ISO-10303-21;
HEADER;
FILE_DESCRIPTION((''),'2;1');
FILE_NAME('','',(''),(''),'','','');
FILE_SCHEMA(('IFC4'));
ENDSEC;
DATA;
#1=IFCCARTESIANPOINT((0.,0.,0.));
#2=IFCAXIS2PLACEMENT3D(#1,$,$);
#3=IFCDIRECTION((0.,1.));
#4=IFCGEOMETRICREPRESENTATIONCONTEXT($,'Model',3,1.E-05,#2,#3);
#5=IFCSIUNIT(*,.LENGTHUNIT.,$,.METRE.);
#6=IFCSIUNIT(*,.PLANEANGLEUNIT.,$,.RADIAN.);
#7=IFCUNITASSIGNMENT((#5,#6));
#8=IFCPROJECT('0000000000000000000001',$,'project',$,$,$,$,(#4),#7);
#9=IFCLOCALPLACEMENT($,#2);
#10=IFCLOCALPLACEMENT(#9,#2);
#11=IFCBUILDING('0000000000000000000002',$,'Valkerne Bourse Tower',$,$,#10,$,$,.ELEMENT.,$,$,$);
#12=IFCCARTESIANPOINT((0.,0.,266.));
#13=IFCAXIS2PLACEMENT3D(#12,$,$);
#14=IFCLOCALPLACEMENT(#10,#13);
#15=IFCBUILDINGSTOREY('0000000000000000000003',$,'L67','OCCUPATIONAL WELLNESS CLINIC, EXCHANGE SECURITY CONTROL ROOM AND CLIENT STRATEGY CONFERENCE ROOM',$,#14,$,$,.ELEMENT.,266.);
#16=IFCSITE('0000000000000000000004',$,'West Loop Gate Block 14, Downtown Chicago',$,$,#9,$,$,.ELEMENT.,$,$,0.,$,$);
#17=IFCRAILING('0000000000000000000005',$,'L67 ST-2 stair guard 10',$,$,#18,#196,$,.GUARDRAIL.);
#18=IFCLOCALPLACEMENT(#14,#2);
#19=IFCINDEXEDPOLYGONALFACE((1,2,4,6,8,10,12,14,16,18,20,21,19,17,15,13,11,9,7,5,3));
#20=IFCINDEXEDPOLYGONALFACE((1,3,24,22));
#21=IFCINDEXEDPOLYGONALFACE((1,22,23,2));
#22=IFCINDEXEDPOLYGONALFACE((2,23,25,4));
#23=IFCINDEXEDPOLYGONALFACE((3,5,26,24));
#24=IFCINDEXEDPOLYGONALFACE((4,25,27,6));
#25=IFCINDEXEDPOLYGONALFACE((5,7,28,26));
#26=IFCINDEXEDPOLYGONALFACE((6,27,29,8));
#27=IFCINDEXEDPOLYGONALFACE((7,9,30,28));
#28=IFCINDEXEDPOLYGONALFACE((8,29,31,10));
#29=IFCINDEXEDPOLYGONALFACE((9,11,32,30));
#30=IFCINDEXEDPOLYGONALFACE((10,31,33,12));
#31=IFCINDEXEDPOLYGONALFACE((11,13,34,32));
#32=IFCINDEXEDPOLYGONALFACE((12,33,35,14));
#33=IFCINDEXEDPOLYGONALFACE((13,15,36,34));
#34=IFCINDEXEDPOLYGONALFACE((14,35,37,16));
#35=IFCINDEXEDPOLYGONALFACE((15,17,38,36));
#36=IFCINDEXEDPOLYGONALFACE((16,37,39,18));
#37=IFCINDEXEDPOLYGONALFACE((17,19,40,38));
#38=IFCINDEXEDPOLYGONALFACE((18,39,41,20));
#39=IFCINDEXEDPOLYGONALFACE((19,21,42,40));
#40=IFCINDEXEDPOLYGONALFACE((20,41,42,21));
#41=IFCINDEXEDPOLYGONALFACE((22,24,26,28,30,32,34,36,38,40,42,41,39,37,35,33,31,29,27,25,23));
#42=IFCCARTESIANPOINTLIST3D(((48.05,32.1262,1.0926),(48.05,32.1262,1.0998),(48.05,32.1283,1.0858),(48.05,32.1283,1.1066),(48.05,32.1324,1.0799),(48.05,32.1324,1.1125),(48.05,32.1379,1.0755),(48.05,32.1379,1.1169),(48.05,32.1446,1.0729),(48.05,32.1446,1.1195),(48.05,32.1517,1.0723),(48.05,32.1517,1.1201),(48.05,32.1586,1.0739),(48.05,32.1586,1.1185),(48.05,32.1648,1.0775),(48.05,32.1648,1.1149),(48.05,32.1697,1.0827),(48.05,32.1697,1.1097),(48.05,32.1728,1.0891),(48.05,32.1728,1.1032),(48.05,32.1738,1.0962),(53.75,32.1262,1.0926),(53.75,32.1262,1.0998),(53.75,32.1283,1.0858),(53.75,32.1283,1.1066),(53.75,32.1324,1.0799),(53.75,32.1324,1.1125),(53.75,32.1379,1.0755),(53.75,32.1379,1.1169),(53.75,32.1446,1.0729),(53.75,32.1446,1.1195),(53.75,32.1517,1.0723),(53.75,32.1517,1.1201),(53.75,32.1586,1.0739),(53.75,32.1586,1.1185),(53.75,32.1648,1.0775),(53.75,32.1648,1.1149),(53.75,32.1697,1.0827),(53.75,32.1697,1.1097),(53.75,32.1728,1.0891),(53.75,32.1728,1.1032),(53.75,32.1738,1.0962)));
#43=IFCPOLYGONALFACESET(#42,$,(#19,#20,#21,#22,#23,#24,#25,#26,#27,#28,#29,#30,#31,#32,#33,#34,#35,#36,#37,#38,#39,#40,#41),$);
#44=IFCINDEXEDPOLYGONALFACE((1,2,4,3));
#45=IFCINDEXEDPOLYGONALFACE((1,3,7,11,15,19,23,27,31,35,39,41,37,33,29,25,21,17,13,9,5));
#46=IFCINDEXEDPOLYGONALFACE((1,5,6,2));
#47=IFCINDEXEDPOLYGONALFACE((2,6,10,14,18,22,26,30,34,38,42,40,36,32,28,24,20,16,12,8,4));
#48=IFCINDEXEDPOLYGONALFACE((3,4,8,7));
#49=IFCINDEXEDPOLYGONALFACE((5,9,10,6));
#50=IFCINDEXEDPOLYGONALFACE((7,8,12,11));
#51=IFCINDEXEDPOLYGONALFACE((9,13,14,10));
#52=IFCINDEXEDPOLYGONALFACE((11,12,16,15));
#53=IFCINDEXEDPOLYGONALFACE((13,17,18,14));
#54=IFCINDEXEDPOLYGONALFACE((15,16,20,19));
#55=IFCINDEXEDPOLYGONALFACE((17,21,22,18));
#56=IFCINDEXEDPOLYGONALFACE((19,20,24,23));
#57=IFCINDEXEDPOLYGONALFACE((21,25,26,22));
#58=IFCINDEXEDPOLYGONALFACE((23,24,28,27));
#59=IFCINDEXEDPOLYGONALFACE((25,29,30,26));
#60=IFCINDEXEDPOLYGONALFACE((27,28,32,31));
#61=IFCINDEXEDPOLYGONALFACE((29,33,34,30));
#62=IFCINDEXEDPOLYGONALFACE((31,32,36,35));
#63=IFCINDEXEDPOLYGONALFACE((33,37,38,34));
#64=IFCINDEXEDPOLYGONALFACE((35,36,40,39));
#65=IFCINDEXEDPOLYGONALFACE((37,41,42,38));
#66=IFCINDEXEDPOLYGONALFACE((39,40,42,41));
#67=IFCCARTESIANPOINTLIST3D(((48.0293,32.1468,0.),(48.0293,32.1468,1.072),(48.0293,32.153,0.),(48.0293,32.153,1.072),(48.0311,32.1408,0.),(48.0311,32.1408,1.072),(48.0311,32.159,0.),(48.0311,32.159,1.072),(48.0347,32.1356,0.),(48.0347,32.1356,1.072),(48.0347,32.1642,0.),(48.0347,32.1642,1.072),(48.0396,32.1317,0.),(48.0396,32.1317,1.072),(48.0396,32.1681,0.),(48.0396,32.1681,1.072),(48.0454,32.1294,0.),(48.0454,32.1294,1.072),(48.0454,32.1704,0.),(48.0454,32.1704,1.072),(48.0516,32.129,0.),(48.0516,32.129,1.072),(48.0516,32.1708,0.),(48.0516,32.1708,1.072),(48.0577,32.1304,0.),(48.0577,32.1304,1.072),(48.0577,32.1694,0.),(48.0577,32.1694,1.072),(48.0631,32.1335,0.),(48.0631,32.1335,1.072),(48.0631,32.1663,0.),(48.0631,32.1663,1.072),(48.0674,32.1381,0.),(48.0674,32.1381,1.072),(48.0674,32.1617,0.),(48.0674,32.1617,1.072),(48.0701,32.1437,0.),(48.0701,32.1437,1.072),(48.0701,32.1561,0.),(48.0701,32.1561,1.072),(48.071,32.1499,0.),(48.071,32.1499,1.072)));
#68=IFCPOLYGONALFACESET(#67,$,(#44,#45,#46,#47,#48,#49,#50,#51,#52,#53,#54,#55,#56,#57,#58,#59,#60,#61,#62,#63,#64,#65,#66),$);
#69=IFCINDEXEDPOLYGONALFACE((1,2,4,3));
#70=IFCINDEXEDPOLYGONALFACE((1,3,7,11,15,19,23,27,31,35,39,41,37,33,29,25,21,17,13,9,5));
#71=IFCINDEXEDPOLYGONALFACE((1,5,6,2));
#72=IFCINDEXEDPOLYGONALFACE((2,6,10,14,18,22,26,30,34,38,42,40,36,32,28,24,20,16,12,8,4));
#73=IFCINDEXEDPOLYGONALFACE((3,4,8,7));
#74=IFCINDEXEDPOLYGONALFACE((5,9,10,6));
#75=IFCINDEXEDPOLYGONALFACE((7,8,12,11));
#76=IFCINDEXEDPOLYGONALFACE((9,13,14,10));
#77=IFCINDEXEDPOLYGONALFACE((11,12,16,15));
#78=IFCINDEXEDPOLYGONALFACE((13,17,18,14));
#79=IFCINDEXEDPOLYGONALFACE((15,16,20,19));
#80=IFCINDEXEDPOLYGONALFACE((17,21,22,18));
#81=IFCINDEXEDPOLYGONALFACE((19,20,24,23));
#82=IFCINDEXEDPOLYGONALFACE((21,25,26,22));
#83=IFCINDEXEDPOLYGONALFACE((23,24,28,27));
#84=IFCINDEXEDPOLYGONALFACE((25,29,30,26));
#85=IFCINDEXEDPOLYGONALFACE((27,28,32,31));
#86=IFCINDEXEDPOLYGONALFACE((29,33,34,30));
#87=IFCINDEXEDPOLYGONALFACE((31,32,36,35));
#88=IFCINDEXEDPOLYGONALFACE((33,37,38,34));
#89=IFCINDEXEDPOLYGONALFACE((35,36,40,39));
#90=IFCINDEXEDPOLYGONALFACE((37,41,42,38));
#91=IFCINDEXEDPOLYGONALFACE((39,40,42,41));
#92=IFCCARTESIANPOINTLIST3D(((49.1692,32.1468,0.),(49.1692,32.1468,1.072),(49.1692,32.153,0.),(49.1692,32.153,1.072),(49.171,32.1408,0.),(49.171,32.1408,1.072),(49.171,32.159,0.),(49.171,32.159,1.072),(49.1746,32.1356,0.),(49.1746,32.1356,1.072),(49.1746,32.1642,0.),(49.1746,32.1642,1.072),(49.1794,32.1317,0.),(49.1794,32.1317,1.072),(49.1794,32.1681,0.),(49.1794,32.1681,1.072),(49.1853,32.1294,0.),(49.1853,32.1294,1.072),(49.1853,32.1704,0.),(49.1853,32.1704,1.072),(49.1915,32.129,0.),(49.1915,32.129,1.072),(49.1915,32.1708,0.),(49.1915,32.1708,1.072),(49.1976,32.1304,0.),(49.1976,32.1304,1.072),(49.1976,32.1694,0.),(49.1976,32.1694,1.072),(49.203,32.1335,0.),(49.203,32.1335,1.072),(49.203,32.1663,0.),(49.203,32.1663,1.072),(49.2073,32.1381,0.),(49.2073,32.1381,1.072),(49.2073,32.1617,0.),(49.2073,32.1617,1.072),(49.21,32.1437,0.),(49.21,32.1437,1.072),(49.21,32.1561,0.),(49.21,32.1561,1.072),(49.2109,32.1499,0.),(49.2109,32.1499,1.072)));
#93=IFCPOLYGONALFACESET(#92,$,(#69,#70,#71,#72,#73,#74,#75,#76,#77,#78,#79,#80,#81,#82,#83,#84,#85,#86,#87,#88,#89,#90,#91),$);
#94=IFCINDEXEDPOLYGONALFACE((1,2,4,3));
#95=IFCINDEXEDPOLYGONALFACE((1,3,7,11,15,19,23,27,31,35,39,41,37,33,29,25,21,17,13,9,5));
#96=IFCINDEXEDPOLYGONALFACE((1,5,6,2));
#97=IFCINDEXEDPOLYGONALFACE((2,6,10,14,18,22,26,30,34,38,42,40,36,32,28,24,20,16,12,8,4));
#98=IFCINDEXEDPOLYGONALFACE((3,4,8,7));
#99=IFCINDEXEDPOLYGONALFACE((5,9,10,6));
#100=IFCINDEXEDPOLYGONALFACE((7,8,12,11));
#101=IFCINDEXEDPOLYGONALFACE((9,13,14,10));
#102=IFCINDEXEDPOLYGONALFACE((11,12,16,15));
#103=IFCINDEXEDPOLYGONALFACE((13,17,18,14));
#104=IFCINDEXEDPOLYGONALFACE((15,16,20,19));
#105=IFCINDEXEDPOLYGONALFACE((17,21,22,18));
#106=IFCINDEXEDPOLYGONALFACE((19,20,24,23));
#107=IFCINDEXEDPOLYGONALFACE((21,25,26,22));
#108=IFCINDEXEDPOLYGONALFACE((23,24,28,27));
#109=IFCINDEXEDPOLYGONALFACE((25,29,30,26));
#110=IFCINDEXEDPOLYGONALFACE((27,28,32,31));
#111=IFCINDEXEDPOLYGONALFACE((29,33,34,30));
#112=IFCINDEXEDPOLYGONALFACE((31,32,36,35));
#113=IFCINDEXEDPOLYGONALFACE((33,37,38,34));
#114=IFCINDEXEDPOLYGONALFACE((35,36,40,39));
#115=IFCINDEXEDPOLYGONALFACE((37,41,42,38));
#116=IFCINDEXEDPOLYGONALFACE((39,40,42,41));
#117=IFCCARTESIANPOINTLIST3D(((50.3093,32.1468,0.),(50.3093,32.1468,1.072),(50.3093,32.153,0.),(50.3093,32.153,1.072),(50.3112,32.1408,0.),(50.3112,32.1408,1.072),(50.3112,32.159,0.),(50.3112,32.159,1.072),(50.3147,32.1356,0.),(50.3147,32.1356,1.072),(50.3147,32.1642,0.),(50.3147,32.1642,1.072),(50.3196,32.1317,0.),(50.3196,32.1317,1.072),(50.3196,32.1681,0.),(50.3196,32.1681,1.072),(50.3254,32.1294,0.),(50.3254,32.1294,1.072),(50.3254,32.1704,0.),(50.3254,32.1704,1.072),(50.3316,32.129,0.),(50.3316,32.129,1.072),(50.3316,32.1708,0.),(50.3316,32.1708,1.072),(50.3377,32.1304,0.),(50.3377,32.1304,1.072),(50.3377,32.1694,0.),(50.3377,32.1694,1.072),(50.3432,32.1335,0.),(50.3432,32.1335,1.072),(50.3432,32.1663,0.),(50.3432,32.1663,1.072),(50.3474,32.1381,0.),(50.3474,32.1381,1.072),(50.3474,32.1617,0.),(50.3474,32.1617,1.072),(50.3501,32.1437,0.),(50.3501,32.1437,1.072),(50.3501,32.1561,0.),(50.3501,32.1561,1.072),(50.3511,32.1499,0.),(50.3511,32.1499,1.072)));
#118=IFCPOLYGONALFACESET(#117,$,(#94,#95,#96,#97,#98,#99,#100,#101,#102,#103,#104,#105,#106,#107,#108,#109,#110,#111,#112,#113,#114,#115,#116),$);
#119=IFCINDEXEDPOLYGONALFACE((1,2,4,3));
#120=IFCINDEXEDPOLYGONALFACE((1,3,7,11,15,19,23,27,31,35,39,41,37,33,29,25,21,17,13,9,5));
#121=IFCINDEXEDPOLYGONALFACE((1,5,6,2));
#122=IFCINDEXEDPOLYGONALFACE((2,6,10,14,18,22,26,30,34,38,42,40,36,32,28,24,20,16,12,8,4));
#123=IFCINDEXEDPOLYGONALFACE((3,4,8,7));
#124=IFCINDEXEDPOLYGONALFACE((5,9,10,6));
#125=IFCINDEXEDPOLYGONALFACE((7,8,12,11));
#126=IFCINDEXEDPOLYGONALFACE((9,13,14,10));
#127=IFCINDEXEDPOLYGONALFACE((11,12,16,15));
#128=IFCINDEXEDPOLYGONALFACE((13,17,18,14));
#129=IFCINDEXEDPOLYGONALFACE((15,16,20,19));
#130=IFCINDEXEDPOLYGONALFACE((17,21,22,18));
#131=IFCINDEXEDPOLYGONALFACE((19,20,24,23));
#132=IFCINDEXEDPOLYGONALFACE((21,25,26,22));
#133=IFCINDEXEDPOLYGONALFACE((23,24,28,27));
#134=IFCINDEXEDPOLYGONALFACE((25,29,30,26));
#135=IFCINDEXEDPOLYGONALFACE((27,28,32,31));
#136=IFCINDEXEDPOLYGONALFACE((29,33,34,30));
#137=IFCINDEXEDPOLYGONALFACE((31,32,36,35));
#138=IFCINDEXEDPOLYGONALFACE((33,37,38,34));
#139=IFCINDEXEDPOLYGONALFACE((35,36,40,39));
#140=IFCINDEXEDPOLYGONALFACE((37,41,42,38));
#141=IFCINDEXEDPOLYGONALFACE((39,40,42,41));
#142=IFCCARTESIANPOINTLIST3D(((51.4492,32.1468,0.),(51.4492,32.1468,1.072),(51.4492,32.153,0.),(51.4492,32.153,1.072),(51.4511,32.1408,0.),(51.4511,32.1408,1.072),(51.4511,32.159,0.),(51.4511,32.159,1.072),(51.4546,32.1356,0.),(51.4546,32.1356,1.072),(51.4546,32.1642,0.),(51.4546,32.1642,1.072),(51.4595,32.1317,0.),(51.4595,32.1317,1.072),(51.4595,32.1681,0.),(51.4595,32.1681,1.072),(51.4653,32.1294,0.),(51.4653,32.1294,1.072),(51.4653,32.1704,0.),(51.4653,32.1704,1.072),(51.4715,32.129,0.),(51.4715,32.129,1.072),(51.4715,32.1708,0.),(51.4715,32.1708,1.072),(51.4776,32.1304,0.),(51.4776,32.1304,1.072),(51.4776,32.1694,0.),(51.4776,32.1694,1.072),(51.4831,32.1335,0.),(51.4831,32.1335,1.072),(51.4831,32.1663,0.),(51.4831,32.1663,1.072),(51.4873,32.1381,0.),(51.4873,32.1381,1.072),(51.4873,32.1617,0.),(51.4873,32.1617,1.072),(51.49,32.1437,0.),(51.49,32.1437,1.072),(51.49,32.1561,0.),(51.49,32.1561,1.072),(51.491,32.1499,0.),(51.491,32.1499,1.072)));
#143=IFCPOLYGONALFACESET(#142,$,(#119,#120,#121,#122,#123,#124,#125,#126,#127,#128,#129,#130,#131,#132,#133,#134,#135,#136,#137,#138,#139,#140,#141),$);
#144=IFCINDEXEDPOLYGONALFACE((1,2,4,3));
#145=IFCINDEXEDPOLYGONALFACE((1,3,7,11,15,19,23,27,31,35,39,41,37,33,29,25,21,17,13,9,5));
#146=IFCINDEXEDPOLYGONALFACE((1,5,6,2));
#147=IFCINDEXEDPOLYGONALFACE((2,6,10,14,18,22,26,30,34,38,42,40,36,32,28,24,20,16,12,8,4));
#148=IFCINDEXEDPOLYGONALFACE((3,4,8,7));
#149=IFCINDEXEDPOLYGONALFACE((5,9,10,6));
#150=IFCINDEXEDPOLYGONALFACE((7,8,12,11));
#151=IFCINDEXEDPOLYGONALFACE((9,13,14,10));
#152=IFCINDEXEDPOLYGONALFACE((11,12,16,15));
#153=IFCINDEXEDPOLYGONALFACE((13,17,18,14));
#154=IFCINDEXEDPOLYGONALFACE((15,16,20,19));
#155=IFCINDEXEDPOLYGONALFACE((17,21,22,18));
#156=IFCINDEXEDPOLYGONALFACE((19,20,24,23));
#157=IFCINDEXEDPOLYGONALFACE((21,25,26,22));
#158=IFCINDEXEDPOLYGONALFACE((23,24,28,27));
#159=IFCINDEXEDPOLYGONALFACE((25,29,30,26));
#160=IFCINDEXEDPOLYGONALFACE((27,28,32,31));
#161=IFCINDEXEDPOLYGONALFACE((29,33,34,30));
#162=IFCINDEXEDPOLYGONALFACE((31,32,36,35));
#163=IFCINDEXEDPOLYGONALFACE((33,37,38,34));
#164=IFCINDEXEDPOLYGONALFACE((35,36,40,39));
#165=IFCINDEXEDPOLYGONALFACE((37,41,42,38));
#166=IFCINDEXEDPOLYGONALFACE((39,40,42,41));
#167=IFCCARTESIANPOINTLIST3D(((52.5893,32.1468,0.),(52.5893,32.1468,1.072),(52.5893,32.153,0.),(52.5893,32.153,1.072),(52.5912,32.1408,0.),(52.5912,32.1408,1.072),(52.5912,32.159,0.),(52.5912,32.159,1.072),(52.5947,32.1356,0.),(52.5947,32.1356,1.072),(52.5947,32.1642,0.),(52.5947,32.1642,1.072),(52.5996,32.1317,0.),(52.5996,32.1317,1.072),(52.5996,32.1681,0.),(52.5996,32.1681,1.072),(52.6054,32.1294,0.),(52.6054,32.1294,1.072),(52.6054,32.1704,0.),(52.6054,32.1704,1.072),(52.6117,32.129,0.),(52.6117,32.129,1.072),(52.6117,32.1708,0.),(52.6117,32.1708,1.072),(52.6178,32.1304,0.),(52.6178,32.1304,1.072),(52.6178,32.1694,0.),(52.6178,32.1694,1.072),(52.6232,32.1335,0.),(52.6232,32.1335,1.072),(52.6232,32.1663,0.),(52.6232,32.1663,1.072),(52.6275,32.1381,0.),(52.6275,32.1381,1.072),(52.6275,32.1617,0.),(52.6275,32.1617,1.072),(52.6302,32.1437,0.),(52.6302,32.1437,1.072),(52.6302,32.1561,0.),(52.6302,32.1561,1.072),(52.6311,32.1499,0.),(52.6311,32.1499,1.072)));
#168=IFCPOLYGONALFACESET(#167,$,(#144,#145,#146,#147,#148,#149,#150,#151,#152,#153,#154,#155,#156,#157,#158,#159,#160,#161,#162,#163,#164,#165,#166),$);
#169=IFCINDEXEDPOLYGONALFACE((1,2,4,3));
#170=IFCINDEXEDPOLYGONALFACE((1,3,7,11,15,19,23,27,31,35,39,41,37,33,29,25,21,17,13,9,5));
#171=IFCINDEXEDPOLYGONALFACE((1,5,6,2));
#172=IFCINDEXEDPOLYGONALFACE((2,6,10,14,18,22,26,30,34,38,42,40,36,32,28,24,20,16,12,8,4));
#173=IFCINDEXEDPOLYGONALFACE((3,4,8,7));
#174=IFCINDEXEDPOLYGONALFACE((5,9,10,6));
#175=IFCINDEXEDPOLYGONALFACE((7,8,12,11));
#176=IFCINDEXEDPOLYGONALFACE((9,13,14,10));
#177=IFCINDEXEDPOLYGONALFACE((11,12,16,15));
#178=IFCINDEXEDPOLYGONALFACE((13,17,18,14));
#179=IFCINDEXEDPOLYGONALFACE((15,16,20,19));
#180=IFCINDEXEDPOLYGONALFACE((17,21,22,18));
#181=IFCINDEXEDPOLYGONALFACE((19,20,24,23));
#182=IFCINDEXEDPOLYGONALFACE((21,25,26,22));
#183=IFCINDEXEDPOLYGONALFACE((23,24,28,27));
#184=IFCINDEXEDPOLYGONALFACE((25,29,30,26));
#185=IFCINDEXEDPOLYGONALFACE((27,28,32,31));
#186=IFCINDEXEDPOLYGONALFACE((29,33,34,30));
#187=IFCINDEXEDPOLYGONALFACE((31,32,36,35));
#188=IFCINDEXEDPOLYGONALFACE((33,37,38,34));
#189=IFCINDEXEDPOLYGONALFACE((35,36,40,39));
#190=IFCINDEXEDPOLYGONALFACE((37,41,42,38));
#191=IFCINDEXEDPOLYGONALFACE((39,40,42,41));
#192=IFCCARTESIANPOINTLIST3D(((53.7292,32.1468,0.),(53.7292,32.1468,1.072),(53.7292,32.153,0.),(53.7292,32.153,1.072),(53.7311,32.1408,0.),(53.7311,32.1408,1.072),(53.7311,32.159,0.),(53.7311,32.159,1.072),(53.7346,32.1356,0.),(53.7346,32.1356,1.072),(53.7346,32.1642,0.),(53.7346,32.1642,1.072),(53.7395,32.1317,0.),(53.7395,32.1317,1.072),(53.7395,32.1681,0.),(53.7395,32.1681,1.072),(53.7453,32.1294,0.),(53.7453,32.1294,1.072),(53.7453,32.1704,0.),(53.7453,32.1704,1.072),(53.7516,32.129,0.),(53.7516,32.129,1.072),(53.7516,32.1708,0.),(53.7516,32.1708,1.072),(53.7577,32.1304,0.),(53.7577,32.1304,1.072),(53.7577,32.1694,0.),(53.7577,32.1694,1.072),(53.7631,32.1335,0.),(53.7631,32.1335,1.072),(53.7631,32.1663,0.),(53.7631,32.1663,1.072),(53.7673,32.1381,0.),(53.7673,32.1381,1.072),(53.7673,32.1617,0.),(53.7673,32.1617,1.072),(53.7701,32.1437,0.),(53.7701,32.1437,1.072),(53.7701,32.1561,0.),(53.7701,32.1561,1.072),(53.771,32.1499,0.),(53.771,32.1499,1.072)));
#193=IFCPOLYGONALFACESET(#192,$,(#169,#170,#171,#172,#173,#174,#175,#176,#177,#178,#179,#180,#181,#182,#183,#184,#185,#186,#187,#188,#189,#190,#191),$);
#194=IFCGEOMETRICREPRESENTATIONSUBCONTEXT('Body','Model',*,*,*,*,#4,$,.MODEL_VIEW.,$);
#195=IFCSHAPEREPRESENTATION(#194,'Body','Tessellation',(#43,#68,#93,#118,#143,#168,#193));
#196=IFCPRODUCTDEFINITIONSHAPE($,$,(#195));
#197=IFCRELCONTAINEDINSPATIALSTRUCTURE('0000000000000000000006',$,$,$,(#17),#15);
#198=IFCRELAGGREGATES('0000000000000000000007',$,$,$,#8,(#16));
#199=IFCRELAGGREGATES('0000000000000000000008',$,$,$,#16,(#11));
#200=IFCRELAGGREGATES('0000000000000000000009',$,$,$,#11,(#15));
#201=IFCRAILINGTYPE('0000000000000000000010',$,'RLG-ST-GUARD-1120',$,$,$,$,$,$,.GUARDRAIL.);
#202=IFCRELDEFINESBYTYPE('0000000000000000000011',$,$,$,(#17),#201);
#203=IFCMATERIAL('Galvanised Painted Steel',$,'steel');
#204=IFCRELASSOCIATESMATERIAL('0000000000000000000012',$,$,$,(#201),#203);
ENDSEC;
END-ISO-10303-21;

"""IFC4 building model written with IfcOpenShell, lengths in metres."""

from ifc_helpers import new_model, si_unit, direction, frame, origin, origin_2d, place, context, subcontext, project, spatial, circle, extrude, material, type_object, element, save


model = new_model("IFC4")

# Units and contexts
model_context = context("Model", 3, precision=1e-05, world=origin(), true_north=direction((0.0, 1.0)))
body_context = subcontext(model_context, "Body", "Model", "MODEL_VIEW")
ifc_project = project(units=[si_unit("LENGTHUNIT", "METRE"), si_unit("PLANEANGLEUNIT", "RADIAN")], contexts=[model_context])

# Site, building, storey
site_placement = place(None, origin())
site = spatial("IfcSite", under=ifc_project, at=site_placement, Name="West Loop Gate Block 14, Downtown Chicago", CompositionType="ELEMENT", RefElevation=0.0)
building_placement = place(site_placement, origin())
building = spatial("IfcBuilding", under=site, at=building_placement, Name="Valkerne Bourse Tower", CompositionType="ELEMENT")
storey_placement = place(building_placement, frame((0.0, 0.0, 266.0)))
storey = spatial("IfcBuildingStorey", under=building, at=storey_placement, Name="L67", Description="OCCUPATIONAL WELLNESS CLINIC, EXCHANGE SECURITY CONTROL ROOM AND CLIENT STRATEGY CONFERENCE ROOM", CompositionType="ELEMENT", Elevation=266.0)

# Shared definitions
ifc_material_1 = material(Name="Galvanised Painted Steel", Category="steel")

# Railing
railing_type_1 = type_object("IfcRailingType", Name="RLG-ST-GUARD-1120", PredefinedType="GUARDRAIL", material=ifc_material_1)
for number, where, name in (
    (1, (48.05, 32.1499, 0.0), "L67 ST-2 stair guard 10"),
):
    element("IfcRailing", number, at=place(storey_placement, frame(where)), inside=storey, type_object=railing_type_1, Name=name, PredefinedType="GUARDRAIL", context=body_context, shape_type="SweptSolid", body=[
        extrude(circle(Radius=0.0239, at=origin_2d()), frame((0.0, 0.0, 1.0962), z_axis=(1.0, 0.0, 0.0), x_axis=(0.0, 1.0, 0.0)), (0.0, 0.0, 1.0), 5.7),
        extrude(circle(Radius=0.021, at=origin_2d()), origin(), (0.0, 0.0, 1.0), 1.072),
        extrude(circle(Radius=0.021, at=origin_2d()), frame((1.1399, 0.0, 0.0)), (0.0, 0.0, 1.0), 1.072),
        extrude(circle(Radius=0.021, at=origin_2d()), frame((2.28, 0.0, 0.0)), (0.0, 0.0, 1.0), 1.072),
        extrude(circle(Radius=0.021, at=origin_2d()), frame((3.4199, 0.0, 0.0)), (0.0, 0.0, 1.0), 1.072),
        extrude(circle(Radius=0.021, at=origin_2d()), frame((4.5601, 0.0, 0.0)), (0.0, 0.0, 1.0), 1.072),
        extrude(circle(Radius=0.021, at=origin_2d()), frame((5.7, 0.0, 0.0)), (0.0, 0.0, 1.0), 1.072),
    ])

save(model, "model.ifc")
